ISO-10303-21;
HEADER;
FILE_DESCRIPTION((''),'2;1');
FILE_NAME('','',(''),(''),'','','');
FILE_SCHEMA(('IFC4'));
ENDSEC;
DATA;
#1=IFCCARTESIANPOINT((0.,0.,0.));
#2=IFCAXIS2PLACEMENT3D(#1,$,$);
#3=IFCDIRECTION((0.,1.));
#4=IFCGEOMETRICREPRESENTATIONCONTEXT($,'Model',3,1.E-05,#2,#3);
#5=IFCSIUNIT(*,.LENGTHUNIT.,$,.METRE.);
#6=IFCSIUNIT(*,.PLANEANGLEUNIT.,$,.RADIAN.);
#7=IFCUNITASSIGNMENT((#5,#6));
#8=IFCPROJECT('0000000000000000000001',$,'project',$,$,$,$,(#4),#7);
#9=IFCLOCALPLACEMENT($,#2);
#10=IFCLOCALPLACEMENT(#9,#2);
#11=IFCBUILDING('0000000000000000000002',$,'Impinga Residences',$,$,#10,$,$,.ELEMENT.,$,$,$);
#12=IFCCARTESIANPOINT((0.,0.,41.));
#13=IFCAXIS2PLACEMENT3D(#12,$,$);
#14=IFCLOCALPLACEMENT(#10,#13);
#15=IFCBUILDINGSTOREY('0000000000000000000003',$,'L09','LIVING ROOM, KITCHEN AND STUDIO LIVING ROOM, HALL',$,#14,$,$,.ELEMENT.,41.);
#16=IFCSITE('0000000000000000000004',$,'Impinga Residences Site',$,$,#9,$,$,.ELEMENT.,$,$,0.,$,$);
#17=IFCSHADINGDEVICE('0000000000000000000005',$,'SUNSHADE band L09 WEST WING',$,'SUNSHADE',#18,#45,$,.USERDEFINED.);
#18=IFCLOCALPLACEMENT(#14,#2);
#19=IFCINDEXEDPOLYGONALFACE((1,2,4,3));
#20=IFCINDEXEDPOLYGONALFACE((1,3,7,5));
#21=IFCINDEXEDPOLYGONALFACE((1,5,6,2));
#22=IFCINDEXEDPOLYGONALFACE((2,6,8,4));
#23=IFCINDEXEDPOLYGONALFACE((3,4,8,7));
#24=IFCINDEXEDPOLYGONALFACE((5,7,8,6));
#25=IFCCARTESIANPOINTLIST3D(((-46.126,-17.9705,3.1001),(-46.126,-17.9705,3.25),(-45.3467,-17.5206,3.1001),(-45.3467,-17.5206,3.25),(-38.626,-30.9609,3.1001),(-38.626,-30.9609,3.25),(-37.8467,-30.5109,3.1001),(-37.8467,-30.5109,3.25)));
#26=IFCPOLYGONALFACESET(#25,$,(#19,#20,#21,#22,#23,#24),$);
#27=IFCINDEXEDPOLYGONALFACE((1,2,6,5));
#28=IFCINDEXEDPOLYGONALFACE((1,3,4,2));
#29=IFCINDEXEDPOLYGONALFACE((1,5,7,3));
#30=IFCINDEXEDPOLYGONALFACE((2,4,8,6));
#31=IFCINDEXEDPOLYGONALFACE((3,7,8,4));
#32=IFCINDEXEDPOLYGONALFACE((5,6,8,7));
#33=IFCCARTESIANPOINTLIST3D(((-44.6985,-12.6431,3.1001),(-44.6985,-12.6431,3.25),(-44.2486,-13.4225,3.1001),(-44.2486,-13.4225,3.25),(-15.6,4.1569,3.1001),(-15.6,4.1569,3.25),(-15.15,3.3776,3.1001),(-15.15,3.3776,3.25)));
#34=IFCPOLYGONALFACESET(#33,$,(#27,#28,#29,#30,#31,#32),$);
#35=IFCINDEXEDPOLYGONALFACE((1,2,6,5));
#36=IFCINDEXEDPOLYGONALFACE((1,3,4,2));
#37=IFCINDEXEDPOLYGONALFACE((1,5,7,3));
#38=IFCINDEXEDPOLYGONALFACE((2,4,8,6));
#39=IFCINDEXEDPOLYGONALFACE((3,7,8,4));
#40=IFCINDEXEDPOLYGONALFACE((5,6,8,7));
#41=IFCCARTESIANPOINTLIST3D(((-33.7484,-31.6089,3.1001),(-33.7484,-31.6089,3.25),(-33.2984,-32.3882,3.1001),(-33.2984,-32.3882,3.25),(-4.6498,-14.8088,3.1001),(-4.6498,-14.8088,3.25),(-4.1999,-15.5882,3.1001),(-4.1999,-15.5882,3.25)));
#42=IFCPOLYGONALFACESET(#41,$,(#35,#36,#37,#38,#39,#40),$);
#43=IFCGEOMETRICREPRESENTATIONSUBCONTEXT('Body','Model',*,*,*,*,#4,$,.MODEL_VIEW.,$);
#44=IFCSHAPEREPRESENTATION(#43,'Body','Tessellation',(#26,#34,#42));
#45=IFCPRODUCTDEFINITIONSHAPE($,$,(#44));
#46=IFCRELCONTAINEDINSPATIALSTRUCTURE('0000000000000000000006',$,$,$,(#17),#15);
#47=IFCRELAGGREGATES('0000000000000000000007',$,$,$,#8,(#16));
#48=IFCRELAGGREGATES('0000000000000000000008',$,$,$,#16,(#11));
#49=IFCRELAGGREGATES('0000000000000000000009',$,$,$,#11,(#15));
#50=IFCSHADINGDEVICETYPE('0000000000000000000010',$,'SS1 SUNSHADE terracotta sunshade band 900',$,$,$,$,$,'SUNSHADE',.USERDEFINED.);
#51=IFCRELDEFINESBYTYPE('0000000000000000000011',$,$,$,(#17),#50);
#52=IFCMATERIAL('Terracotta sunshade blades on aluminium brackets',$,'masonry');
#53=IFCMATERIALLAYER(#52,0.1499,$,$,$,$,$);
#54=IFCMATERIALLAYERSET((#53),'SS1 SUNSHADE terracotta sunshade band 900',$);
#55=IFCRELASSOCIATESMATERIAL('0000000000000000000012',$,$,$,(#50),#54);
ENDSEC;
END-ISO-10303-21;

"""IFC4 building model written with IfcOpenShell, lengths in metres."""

from ifc_helpers import new_model, si_unit, direction, frame, origin, origin_2d, place, context, subcontext, project, spatial, rectangle, extrude, material, layer, layer_set, type_object, element, save


model = new_model("IFC4")

# Units and contexts
model_context = context("Model", 3, precision=1e-05, world=origin(), true_north=direction((0.0, 1.0)))
body_context = subcontext(model_context, "Body", "Model", "MODEL_VIEW")
ifc_project = project(units=[si_unit("LENGTHUNIT", "METRE"), si_unit("PLANEANGLEUNIT", "RADIAN")], contexts=[model_context])

# Site, building, storey
site_placement = place(None, origin())
site = spatial("IfcSite", under=ifc_project, at=site_placement, Name="Impinga Residences Site", CompositionType="ELEMENT", RefElevation=0.0)
building_placement = place(site_placement, origin())
building = spatial("IfcBuilding", under=site, at=building_placement, Name="Impinga Residences", CompositionType="ELEMENT")
storey_placement = place(building_placement, frame((0.0, 0.0, 41.0)))
storey = spatial("IfcBuildingStorey", under=building, at=storey_placement, Name="L09", Description="LIVING ROOM, KITCHEN AND STUDIO LIVING ROOM, HALL", CompositionType="ELEMENT", Elevation=41.0)

# Shading device
ifc_material_1 = material(Name="Terracotta sunshade blades on aluminium brackets", Category="masonry")
ifc_layer_1 = layer(ifc_material_1, 0.1499)
ifc_layer_set_1 = layer_set([ifc_layer_1], Name="SS1 SUNSHADE terracotta sunshade band 900")
shading_device_type = type_object("IfcShadingDeviceType", Name="SS1 SUNSHADE terracotta sunshade band 900", ElementType="SUNSHADE", PredefinedType="USERDEFINED", material=ifc_layer_set_1)
shading_device_placement = place(storey_placement, frame((-41.9863, -24.2407, 3.1001), z_axis=(0.0, 0.0, 1.0), x_axis=(-0.5, 0.866025, 0.0)))
element("IfcShadingDevice", 1, at=shading_device_placement, inside=storey, type_object=shading_device_type, Name="SUNSHADE band L09 WEST WING", ObjectType="SUNSHADE", PredefinedType="USERDEFINED", context=body_context, shape_type="SweptSolid", body=[
    extrude(rectangle(XDim=15.0, YDim=0.8999, at=origin_2d()), origin(), (0.0, 0.0, 1.0), 0.1499),
    extrude(rectangle(XDim=33.6001, YDim=0.8999, at=origin_2d()), frame((10.95, -20.25, 0.0), z_axis=(0.0, 0.0, 1.0), x_axis=(0.0, -1.0, 0.0)), (0.0, 0.0, 1.0), 0.1499),
    extrude(rectangle(XDim=33.6001, YDim=0.8999, at=origin_2d()), frame((-10.95, -20.2502, 0.0), z_axis=(0.0, 0.0, 1.0), x_axis=(0.0, 1.0, 0.0)), (0.0, 0.0, 1.0), 0.1499),
])

save(model, "model.ifc")
